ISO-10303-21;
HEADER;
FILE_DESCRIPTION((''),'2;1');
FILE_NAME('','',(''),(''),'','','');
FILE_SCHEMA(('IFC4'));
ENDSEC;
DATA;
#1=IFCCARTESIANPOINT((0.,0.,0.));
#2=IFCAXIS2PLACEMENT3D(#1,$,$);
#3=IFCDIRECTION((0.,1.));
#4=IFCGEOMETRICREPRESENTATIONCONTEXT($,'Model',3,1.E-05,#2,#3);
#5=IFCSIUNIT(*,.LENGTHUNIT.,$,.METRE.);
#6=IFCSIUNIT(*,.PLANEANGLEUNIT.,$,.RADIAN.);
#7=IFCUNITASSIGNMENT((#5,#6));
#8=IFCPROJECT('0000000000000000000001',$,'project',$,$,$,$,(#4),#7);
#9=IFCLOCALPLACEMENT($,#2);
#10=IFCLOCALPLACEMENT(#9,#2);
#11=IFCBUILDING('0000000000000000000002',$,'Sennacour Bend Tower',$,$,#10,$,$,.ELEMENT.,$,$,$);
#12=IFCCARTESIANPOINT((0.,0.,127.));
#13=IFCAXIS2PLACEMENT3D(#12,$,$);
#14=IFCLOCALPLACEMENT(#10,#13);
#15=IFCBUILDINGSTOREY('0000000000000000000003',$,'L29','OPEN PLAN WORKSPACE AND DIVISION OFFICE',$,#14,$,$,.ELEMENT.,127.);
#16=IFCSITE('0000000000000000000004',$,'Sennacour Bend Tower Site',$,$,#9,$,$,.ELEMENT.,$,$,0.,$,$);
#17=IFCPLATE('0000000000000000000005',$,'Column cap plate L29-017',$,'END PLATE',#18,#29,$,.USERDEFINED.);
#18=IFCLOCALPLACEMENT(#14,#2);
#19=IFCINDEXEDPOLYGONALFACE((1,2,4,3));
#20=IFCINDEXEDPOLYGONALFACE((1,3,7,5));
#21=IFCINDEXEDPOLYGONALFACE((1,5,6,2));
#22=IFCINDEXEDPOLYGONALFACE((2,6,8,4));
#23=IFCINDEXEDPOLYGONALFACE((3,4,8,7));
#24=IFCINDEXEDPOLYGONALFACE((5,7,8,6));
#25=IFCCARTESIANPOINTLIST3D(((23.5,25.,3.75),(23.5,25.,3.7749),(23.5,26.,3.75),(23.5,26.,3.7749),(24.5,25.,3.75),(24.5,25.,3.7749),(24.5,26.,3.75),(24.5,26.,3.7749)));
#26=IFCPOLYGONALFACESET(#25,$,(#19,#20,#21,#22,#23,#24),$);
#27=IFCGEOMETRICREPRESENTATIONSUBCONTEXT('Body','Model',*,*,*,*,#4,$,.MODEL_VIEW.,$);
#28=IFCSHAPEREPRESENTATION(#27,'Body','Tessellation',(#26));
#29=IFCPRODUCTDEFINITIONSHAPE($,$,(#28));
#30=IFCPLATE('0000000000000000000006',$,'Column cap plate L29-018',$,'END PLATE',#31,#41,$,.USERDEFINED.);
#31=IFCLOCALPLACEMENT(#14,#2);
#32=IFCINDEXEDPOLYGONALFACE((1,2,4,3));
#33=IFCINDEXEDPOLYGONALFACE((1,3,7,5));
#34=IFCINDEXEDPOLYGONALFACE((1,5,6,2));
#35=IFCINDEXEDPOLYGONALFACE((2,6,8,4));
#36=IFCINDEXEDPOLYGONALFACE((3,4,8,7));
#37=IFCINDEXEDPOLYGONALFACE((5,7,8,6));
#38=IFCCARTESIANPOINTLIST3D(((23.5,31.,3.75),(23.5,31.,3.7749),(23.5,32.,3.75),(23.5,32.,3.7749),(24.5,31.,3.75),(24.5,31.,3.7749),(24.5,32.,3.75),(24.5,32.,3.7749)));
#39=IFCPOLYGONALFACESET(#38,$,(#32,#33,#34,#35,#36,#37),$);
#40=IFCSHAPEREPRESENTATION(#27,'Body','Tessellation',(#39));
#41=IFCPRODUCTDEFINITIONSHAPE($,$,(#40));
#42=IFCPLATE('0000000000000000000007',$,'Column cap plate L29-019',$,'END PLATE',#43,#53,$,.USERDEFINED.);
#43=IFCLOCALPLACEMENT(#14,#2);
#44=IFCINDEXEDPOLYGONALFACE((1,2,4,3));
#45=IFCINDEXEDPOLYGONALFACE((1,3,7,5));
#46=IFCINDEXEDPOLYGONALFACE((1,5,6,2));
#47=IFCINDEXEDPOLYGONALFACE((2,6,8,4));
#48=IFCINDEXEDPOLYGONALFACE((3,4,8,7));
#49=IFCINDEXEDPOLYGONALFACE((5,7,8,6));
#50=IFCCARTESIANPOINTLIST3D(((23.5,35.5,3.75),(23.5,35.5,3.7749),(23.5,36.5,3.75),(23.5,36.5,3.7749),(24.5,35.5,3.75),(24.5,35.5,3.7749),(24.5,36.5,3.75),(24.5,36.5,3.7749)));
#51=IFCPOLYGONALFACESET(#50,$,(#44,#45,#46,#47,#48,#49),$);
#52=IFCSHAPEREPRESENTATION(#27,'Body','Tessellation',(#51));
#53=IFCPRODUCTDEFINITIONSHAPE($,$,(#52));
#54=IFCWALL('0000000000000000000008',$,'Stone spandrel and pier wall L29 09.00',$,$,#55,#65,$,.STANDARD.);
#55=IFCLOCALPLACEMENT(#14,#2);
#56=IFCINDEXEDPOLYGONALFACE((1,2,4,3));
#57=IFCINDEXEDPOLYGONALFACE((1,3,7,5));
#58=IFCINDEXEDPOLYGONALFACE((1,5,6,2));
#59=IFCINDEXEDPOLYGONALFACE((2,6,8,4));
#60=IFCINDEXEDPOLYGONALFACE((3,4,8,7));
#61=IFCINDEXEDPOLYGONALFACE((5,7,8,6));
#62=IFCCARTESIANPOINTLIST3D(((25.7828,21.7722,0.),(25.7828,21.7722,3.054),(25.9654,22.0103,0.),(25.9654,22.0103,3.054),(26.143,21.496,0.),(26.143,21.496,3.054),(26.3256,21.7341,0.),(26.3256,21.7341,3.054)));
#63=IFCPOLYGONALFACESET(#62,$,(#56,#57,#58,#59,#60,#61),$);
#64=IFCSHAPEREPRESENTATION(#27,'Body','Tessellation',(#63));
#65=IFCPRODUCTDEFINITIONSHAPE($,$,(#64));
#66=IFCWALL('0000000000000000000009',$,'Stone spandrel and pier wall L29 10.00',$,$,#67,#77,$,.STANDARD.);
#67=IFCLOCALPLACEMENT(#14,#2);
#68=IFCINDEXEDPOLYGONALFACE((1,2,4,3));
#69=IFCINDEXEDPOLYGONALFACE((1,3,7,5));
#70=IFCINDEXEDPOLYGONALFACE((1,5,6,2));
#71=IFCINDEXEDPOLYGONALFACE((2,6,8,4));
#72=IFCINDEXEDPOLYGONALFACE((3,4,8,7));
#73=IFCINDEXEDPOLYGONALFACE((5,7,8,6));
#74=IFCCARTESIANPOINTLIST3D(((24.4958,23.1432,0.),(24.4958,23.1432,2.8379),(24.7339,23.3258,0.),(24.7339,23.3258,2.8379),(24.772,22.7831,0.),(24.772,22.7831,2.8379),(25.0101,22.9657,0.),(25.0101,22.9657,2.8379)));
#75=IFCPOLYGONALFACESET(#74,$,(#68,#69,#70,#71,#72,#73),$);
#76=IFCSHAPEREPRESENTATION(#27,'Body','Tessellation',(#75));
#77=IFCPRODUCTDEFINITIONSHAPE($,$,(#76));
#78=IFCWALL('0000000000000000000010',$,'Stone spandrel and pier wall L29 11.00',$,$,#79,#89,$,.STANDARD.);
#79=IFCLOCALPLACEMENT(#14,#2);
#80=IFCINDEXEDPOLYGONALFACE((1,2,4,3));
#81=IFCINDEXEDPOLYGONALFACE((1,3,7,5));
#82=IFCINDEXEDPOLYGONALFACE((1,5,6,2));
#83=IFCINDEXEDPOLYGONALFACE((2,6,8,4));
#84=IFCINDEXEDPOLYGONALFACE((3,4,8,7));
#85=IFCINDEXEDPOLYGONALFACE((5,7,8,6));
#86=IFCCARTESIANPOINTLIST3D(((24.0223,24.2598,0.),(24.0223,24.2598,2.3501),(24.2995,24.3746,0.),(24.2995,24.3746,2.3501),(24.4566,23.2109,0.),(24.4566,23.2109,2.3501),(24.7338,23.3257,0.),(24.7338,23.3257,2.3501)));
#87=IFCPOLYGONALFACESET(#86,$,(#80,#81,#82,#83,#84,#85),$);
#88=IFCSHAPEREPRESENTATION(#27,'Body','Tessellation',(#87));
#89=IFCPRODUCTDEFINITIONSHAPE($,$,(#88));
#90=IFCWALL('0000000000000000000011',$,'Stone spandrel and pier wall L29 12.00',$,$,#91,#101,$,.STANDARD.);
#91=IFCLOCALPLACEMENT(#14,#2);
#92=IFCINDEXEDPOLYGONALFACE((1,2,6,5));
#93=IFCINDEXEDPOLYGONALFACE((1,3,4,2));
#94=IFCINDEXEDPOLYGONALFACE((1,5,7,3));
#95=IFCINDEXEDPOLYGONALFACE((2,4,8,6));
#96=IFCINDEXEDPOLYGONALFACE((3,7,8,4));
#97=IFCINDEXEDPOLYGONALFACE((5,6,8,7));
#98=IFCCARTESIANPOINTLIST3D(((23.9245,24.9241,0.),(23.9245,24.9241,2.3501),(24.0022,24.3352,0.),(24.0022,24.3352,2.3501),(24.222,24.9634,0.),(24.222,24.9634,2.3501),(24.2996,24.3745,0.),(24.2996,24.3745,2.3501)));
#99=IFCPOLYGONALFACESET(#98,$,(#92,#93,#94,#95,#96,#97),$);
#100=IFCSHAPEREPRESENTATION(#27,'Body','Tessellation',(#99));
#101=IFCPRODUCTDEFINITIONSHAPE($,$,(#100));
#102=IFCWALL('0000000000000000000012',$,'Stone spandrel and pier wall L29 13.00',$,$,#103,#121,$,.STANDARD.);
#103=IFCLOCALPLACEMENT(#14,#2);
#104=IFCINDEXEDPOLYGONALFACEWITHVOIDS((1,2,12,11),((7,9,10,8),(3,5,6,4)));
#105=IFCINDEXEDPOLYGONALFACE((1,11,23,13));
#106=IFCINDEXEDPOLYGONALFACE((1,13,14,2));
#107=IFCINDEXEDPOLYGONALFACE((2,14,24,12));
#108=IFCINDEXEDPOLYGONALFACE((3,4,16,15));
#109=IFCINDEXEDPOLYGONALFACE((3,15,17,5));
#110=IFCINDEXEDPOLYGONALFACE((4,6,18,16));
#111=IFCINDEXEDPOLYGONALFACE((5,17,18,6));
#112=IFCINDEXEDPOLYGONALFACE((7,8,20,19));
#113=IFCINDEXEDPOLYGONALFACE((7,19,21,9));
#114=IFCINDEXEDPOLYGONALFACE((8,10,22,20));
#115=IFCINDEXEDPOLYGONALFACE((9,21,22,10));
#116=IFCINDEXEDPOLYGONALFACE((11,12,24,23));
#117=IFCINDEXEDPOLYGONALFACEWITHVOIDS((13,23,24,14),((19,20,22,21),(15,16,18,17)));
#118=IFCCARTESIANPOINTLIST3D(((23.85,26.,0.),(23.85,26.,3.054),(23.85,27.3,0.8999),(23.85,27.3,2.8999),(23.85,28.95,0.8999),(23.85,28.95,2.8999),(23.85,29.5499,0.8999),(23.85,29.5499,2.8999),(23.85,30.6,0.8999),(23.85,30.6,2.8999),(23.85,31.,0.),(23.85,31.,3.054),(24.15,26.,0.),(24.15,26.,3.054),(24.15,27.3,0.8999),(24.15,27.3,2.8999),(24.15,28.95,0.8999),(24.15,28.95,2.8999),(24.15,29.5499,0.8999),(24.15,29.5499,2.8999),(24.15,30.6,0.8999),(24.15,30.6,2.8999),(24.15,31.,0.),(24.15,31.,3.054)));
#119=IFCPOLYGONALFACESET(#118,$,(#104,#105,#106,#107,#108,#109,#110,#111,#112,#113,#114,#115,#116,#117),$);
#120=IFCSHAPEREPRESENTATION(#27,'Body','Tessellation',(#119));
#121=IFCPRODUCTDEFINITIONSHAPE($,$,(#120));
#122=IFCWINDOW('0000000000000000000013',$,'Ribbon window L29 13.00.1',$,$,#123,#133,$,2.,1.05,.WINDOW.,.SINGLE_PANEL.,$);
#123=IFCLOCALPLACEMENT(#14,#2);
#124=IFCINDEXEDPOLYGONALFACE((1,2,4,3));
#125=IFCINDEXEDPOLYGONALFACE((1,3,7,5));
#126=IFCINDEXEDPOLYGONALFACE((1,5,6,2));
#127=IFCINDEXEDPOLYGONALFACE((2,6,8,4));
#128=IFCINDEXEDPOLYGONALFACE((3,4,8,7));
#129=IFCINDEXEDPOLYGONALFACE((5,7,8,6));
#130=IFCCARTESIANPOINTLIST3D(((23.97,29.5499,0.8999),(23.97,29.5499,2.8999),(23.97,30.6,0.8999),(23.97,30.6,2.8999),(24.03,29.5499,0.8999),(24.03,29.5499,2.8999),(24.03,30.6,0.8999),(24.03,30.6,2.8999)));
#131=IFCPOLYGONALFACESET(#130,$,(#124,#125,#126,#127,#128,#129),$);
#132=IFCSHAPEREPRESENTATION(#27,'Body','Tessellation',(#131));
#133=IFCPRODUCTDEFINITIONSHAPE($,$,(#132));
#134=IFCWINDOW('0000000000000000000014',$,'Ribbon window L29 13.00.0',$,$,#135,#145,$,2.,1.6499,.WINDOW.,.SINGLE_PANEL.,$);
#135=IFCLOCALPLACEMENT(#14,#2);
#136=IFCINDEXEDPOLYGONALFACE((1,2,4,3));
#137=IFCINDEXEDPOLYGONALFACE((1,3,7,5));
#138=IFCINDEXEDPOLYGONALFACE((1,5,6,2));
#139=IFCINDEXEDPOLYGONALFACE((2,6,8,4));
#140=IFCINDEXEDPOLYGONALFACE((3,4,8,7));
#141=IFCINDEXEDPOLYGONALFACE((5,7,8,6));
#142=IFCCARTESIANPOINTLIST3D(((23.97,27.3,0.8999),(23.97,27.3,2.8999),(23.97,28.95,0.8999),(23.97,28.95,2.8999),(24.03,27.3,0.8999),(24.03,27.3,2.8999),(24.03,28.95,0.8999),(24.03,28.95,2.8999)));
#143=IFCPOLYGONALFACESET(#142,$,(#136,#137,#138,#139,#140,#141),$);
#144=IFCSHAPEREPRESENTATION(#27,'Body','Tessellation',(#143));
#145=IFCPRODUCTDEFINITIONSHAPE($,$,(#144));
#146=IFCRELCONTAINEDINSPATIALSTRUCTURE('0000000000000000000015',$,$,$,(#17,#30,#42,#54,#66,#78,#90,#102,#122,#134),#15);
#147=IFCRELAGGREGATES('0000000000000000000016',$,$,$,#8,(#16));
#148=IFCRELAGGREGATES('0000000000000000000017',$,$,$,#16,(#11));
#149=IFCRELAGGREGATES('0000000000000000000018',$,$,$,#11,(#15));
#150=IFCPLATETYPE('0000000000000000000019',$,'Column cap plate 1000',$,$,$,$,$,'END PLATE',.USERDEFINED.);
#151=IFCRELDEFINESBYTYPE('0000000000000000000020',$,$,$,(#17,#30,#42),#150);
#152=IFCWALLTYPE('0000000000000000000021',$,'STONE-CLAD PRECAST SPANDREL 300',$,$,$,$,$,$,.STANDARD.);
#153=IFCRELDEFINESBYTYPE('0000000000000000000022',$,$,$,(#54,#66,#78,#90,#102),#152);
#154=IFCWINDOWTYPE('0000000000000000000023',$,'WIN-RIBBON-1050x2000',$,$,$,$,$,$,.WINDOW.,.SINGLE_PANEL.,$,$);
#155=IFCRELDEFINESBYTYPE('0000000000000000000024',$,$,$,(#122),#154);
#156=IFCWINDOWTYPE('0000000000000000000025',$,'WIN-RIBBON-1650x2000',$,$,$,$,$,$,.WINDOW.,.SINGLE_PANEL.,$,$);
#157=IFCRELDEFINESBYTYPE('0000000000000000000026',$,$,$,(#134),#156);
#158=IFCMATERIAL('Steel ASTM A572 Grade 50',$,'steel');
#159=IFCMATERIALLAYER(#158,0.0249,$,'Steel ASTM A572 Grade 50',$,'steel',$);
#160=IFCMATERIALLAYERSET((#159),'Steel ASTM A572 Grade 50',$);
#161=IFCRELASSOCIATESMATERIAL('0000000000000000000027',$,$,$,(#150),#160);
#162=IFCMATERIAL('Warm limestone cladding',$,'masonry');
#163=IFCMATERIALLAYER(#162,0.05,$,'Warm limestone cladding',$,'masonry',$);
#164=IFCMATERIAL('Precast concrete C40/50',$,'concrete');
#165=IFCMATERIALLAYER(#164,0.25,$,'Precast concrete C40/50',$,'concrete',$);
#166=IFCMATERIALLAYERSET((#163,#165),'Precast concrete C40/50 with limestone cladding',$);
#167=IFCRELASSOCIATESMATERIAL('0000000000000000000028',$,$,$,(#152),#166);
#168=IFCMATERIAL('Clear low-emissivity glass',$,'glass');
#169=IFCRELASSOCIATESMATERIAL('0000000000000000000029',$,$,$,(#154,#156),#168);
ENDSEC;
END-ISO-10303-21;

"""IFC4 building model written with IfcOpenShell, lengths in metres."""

from ifc_helpers import new_model, si_unit, direction, frame, frame_2d, origin, origin_2d, place, context, subcontext, project, spatial, rectangle, extrude, material, layer, layer_set, type_object, element, fill, save


model = new_model("IFC4")

# Units and contexts
model_context = context("Model", 3, precision=1e-05, world=origin(), true_north=direction((0.0, 1.0)))
body_context = subcontext(model_context, "Body", "Model", "MODEL_VIEW")
ifc_project = project(units=[si_unit("LENGTHUNIT", "METRE"), si_unit("PLANEANGLEUNIT", "RADIAN")], contexts=[model_context])

# Site, building, storey
site_placement = place(None, origin())
site = spatial("IfcSite", under=ifc_project, at=site_placement, Name="Sennacour Bend Tower Site", CompositionType="ELEMENT", RefElevation=0.0)
building_placement = place(site_placement, origin())
building = spatial("IfcBuilding", under=site, at=building_placement, Name="Sennacour Bend Tower", CompositionType="ELEMENT")
storey_placement = place(building_placement, frame((0.0, 0.0, 127.0)))
storey = spatial("IfcBuildingStorey", under=building, at=storey_placement, Name="L29", Description="OPEN PLAN WORKSPACE AND DIVISION OFFICE", CompositionType="ELEMENT", Elevation=127.0)

# Shared definitions
ifc_material_1 = material(Name="Steel ASTM A572 Grade 50", Category="steel")

# Plates
ifc_layer_1 = layer(ifc_material_1, 0.0249, Name="Steel ASTM A572 Grade 50", Category="steel")
ifc_layer_set_1 = layer_set([ifc_layer_1], Name="Steel ASTM A572 Grade 50")
plate_type = type_object("IfcPlateType", Name="Column cap plate 1000", ElementType="END PLATE", PredefinedType="USERDEFINED", material=ifc_layer_set_1)
for number, where, z_axis, x_axis, name in (
    (1, (24.0, 25.5, 3.75), (0.0, 0.0, 1.0), (1.0, 0.0, 0.0), "Column cap plate L29-017"),
    (2, (24.0, 31.5, 3.75), (0.0, 0.0, 1.0), (1.0, 0.0, 0.0), "Column cap plate L29-018"),
    (3, (24.0, 36.0, 3.75), (0.0, 0.0, 1.0), (1.0, 0.0, 0.0), "Column cap plate L29-019"),
):
    element("IfcPlate", number, at=place(storey_placement, frame(where, z_axis=z_axis, x_axis=x_axis)), inside=storey, type_object=plate_type, Name=name, ObjectType="END PLATE", PredefinedType="USERDEFINED", context=body_context, shape_type="SweptSolid", body=[
        extrude(rectangle(XDim=1.0, YDim=1.0, at=origin_2d()), origin(), (0.0, 0.0, 1.0), 0.0249),
    ])

# Walls
ifc_material_2 = material(Name="Warm limestone cladding", Category="masonry")
ifc_layer_2 = layer(ifc_material_2, 0.05, Name="Warm limestone cladding", Category="masonry")
ifc_material_3 = material(Name="Precast concrete C40/50", Category="concrete")
ifc_layer_3 = layer(ifc_material_3, 0.25, Name="Precast concrete C40/50", Category="concrete")
ifc_layer_set_2 = layer_set([ifc_layer_2, ifc_layer_3], Name="Precast concrete C40/50 with limestone cladding")
wall_type = type_object("IfcWallType", Name="STONE-CLAD PRECAST SPANDREL 300", PredefinedType="STANDARD", material=ifc_layer_set_2)
wall_1_placement = place(storey_placement, frame((26.2344, 21.615, 0.0), z_axis=(0.0, 0.0, 1.0), x_axis=(-0.793563, 0.608488, 0.0)))
element("IfcWall", 4, at=wall_1_placement, inside=storey, type_object=wall_type, Name="Stone spandrel and pier wall L29 09.00", PredefinedType="STANDARD", context=body_context, shape_type="SweptSolid", body=[
    extrude(rectangle(XDim=0.4539, YDim=0.3, at=frame_2d((0.2271, 0.0))), origin(), (0.0, 0.0, 1.0), 3.054),
])
wall_2_placement = place(storey_placement, frame((24.8911, 22.8743, 0.0), z_axis=(0.0, 0.0, 1.0), x_axis=(-0.608488, 0.793563, 0.0)))
element("IfcWall", 5, at=wall_2_placement, inside=storey, type_object=wall_type, Name="Stone spandrel and pier wall L29 10.00", PredefinedType="STANDARD", context=body_context, shape_type="SweptSolid", body=[
    extrude(rectangle(XDim=0.4539, YDim=0.3, at=frame_2d((0.2271, 0.0))), origin(), (0.0, 0.0, 1.0), 2.8379),
])
wall_3_placement = place(storey_placement, frame((24.5952, 23.2683, 0.0), z_axis=(0.0, 0.0, 1.0), x_axis=(-0.382599, 0.923915, 0.0)))
element("IfcWall", 6, at=wall_3_placement, inside=storey, type_object=wall_type, Name="Stone spandrel and pier wall L29 11.00", PredefinedType="STANDARD", context=body_context, shape_type="SweptSolid", body=[
    extrude(rectangle(XDim=1.1353, YDim=0.3, at=frame_2d((0.5676, 0.0))), origin(), (0.0, 0.0, 1.0), 2.3501),
])
wall_4_placement = place(storey_placement, frame((24.1509, 24.355, 0.0), z_axis=(0.0, 0.0, 1.0), x_axis=(-0.13071, 0.991421, 0.0)))
element("IfcWall", 7, at=wall_4_placement, inside=storey, type_object=wall_type, Name="Stone spandrel and pier wall L29 12.00", PredefinedType="STANDARD", context=body_context, shape_type="SweptSolid", body=[
    extrude(rectangle(XDim=0.594, YDim=0.3, at=frame_2d((0.2969, 0.0))), origin(), (0.0, 0.0, 1.0), 2.3501),
])

# Wall, openings, windows
wall_5_placement = place(storey_placement, frame((24.0, 26.0, 0.0), z_axis=(0.0, 0.0, 1.0), x_axis=(0.0, 1.0, 0.0)))
wall_5 = element("IfcWall", 8, at=wall_5_placement, inside=storey, type_object=wall_type, Name="Stone spandrel and pier wall L29 13.00", PredefinedType="STANDARD", context=body_context, shape_type="SweptSolid", body=[
    extrude(rectangle(XDim=5.0, YDim=0.3, at=frame_2d((2.5, 0.0))), origin(), (0.0, 0.0, 1.0), 3.054),
])
opening_1_placement = place(wall_5_placement, frame((1.3, 0.0, 0.8999)))
opening_1 = element("IfcOpeningElement", 9, at=opening_1_placement, cuts=wall_5, PredefinedType="OPENING", context=body_context, shape_type="SweptSolid", body=[
    extrude(rectangle(XDim=1.6499, YDim=2.0, at=frame_2d((0.825, 1.0))), frame((0.0, 0.1602, 0.0), z_axis=(0.0, -1.0, 0.0), x_axis=(1.0, 0.0, 0.0)), (0.0, 0.0, 1.0), 0.3201),
])
opening_2_placement = place(wall_5_placement, frame((3.55, 0.0, 0.8999)))
opening_2 = element("IfcOpeningElement", 10, at=opening_2_placement, cuts=wall_5, PredefinedType="OPENING", context=body_context, shape_type="SweptSolid", body=[
    extrude(rectangle(XDim=1.05, YDim=2.0, at=frame_2d((0.5249, 1.0))), frame((0.0, 0.1602, 0.0), z_axis=(0.0, -1.0, 0.0), x_axis=(1.0, 0.0, 0.0)), (0.0, 0.0, 1.0), 0.3201),
])
ifc_material_4 = material(Name="Clear low-emissivity glass", Category="glass")
window_type_1 = type_object("IfcWindowType", Name="WIN-RIBBON-1050x2000", PartitioningType="SINGLE_PANEL", PredefinedType="WINDOW", material=ifc_material_4)
window_1_placement = place(opening_2_placement, origin())
window_1 = element("IfcWindow", 11, at=window_1_placement, inside=storey, type_object=window_type_1, Name="Ribbon window L29 13.00.1", OverallHeight=2.0, OverallWidth=1.05, PartitioningType="SINGLE_PANEL", PredefinedType="WINDOW", context=body_context, shape_type="SweptSolid", body=[
    extrude(rectangle(XDim=1.05, YDim=2.0, at=frame_2d((0.5249, 1.0))), frame((0.0, 0.03, 0.0), z_axis=(0.0, -1.0, 0.0), x_axis=(1.0, 0.0, 0.0)), (0.0, 0.0, 1.0), 0.0601),
])
fill(opening_2, window_1)
window_type_2 = type_object("IfcWindowType", Name="WIN-RIBBON-1650x2000", PartitioningType="SINGLE_PANEL", PredefinedType="WINDOW", material=ifc_material_4)
window_2_placement = place(opening_1_placement, origin())
window_2 = element("IfcWindow", 12, at=window_2_placement, inside=storey, type_object=window_type_2, Name="Ribbon window L29 13.00.0", OverallHeight=2.0, OverallWidth=1.6499, PartitioningType="SINGLE_PANEL", PredefinedType="WINDOW", context=body_context, shape_type="SweptSolid", body=[
    extrude(rectangle(XDim=1.6499, YDim=2.0, at=frame_2d((0.825, 1.0))), frame((0.0, 0.03, 0.0), z_axis=(0.0, -1.0, 0.0), x_axis=(1.0, 0.0, 0.0)), (0.0, 0.0, 1.0), 0.0601),
])
fill(opening_1, window_2)

save(model, "model.ifc")
